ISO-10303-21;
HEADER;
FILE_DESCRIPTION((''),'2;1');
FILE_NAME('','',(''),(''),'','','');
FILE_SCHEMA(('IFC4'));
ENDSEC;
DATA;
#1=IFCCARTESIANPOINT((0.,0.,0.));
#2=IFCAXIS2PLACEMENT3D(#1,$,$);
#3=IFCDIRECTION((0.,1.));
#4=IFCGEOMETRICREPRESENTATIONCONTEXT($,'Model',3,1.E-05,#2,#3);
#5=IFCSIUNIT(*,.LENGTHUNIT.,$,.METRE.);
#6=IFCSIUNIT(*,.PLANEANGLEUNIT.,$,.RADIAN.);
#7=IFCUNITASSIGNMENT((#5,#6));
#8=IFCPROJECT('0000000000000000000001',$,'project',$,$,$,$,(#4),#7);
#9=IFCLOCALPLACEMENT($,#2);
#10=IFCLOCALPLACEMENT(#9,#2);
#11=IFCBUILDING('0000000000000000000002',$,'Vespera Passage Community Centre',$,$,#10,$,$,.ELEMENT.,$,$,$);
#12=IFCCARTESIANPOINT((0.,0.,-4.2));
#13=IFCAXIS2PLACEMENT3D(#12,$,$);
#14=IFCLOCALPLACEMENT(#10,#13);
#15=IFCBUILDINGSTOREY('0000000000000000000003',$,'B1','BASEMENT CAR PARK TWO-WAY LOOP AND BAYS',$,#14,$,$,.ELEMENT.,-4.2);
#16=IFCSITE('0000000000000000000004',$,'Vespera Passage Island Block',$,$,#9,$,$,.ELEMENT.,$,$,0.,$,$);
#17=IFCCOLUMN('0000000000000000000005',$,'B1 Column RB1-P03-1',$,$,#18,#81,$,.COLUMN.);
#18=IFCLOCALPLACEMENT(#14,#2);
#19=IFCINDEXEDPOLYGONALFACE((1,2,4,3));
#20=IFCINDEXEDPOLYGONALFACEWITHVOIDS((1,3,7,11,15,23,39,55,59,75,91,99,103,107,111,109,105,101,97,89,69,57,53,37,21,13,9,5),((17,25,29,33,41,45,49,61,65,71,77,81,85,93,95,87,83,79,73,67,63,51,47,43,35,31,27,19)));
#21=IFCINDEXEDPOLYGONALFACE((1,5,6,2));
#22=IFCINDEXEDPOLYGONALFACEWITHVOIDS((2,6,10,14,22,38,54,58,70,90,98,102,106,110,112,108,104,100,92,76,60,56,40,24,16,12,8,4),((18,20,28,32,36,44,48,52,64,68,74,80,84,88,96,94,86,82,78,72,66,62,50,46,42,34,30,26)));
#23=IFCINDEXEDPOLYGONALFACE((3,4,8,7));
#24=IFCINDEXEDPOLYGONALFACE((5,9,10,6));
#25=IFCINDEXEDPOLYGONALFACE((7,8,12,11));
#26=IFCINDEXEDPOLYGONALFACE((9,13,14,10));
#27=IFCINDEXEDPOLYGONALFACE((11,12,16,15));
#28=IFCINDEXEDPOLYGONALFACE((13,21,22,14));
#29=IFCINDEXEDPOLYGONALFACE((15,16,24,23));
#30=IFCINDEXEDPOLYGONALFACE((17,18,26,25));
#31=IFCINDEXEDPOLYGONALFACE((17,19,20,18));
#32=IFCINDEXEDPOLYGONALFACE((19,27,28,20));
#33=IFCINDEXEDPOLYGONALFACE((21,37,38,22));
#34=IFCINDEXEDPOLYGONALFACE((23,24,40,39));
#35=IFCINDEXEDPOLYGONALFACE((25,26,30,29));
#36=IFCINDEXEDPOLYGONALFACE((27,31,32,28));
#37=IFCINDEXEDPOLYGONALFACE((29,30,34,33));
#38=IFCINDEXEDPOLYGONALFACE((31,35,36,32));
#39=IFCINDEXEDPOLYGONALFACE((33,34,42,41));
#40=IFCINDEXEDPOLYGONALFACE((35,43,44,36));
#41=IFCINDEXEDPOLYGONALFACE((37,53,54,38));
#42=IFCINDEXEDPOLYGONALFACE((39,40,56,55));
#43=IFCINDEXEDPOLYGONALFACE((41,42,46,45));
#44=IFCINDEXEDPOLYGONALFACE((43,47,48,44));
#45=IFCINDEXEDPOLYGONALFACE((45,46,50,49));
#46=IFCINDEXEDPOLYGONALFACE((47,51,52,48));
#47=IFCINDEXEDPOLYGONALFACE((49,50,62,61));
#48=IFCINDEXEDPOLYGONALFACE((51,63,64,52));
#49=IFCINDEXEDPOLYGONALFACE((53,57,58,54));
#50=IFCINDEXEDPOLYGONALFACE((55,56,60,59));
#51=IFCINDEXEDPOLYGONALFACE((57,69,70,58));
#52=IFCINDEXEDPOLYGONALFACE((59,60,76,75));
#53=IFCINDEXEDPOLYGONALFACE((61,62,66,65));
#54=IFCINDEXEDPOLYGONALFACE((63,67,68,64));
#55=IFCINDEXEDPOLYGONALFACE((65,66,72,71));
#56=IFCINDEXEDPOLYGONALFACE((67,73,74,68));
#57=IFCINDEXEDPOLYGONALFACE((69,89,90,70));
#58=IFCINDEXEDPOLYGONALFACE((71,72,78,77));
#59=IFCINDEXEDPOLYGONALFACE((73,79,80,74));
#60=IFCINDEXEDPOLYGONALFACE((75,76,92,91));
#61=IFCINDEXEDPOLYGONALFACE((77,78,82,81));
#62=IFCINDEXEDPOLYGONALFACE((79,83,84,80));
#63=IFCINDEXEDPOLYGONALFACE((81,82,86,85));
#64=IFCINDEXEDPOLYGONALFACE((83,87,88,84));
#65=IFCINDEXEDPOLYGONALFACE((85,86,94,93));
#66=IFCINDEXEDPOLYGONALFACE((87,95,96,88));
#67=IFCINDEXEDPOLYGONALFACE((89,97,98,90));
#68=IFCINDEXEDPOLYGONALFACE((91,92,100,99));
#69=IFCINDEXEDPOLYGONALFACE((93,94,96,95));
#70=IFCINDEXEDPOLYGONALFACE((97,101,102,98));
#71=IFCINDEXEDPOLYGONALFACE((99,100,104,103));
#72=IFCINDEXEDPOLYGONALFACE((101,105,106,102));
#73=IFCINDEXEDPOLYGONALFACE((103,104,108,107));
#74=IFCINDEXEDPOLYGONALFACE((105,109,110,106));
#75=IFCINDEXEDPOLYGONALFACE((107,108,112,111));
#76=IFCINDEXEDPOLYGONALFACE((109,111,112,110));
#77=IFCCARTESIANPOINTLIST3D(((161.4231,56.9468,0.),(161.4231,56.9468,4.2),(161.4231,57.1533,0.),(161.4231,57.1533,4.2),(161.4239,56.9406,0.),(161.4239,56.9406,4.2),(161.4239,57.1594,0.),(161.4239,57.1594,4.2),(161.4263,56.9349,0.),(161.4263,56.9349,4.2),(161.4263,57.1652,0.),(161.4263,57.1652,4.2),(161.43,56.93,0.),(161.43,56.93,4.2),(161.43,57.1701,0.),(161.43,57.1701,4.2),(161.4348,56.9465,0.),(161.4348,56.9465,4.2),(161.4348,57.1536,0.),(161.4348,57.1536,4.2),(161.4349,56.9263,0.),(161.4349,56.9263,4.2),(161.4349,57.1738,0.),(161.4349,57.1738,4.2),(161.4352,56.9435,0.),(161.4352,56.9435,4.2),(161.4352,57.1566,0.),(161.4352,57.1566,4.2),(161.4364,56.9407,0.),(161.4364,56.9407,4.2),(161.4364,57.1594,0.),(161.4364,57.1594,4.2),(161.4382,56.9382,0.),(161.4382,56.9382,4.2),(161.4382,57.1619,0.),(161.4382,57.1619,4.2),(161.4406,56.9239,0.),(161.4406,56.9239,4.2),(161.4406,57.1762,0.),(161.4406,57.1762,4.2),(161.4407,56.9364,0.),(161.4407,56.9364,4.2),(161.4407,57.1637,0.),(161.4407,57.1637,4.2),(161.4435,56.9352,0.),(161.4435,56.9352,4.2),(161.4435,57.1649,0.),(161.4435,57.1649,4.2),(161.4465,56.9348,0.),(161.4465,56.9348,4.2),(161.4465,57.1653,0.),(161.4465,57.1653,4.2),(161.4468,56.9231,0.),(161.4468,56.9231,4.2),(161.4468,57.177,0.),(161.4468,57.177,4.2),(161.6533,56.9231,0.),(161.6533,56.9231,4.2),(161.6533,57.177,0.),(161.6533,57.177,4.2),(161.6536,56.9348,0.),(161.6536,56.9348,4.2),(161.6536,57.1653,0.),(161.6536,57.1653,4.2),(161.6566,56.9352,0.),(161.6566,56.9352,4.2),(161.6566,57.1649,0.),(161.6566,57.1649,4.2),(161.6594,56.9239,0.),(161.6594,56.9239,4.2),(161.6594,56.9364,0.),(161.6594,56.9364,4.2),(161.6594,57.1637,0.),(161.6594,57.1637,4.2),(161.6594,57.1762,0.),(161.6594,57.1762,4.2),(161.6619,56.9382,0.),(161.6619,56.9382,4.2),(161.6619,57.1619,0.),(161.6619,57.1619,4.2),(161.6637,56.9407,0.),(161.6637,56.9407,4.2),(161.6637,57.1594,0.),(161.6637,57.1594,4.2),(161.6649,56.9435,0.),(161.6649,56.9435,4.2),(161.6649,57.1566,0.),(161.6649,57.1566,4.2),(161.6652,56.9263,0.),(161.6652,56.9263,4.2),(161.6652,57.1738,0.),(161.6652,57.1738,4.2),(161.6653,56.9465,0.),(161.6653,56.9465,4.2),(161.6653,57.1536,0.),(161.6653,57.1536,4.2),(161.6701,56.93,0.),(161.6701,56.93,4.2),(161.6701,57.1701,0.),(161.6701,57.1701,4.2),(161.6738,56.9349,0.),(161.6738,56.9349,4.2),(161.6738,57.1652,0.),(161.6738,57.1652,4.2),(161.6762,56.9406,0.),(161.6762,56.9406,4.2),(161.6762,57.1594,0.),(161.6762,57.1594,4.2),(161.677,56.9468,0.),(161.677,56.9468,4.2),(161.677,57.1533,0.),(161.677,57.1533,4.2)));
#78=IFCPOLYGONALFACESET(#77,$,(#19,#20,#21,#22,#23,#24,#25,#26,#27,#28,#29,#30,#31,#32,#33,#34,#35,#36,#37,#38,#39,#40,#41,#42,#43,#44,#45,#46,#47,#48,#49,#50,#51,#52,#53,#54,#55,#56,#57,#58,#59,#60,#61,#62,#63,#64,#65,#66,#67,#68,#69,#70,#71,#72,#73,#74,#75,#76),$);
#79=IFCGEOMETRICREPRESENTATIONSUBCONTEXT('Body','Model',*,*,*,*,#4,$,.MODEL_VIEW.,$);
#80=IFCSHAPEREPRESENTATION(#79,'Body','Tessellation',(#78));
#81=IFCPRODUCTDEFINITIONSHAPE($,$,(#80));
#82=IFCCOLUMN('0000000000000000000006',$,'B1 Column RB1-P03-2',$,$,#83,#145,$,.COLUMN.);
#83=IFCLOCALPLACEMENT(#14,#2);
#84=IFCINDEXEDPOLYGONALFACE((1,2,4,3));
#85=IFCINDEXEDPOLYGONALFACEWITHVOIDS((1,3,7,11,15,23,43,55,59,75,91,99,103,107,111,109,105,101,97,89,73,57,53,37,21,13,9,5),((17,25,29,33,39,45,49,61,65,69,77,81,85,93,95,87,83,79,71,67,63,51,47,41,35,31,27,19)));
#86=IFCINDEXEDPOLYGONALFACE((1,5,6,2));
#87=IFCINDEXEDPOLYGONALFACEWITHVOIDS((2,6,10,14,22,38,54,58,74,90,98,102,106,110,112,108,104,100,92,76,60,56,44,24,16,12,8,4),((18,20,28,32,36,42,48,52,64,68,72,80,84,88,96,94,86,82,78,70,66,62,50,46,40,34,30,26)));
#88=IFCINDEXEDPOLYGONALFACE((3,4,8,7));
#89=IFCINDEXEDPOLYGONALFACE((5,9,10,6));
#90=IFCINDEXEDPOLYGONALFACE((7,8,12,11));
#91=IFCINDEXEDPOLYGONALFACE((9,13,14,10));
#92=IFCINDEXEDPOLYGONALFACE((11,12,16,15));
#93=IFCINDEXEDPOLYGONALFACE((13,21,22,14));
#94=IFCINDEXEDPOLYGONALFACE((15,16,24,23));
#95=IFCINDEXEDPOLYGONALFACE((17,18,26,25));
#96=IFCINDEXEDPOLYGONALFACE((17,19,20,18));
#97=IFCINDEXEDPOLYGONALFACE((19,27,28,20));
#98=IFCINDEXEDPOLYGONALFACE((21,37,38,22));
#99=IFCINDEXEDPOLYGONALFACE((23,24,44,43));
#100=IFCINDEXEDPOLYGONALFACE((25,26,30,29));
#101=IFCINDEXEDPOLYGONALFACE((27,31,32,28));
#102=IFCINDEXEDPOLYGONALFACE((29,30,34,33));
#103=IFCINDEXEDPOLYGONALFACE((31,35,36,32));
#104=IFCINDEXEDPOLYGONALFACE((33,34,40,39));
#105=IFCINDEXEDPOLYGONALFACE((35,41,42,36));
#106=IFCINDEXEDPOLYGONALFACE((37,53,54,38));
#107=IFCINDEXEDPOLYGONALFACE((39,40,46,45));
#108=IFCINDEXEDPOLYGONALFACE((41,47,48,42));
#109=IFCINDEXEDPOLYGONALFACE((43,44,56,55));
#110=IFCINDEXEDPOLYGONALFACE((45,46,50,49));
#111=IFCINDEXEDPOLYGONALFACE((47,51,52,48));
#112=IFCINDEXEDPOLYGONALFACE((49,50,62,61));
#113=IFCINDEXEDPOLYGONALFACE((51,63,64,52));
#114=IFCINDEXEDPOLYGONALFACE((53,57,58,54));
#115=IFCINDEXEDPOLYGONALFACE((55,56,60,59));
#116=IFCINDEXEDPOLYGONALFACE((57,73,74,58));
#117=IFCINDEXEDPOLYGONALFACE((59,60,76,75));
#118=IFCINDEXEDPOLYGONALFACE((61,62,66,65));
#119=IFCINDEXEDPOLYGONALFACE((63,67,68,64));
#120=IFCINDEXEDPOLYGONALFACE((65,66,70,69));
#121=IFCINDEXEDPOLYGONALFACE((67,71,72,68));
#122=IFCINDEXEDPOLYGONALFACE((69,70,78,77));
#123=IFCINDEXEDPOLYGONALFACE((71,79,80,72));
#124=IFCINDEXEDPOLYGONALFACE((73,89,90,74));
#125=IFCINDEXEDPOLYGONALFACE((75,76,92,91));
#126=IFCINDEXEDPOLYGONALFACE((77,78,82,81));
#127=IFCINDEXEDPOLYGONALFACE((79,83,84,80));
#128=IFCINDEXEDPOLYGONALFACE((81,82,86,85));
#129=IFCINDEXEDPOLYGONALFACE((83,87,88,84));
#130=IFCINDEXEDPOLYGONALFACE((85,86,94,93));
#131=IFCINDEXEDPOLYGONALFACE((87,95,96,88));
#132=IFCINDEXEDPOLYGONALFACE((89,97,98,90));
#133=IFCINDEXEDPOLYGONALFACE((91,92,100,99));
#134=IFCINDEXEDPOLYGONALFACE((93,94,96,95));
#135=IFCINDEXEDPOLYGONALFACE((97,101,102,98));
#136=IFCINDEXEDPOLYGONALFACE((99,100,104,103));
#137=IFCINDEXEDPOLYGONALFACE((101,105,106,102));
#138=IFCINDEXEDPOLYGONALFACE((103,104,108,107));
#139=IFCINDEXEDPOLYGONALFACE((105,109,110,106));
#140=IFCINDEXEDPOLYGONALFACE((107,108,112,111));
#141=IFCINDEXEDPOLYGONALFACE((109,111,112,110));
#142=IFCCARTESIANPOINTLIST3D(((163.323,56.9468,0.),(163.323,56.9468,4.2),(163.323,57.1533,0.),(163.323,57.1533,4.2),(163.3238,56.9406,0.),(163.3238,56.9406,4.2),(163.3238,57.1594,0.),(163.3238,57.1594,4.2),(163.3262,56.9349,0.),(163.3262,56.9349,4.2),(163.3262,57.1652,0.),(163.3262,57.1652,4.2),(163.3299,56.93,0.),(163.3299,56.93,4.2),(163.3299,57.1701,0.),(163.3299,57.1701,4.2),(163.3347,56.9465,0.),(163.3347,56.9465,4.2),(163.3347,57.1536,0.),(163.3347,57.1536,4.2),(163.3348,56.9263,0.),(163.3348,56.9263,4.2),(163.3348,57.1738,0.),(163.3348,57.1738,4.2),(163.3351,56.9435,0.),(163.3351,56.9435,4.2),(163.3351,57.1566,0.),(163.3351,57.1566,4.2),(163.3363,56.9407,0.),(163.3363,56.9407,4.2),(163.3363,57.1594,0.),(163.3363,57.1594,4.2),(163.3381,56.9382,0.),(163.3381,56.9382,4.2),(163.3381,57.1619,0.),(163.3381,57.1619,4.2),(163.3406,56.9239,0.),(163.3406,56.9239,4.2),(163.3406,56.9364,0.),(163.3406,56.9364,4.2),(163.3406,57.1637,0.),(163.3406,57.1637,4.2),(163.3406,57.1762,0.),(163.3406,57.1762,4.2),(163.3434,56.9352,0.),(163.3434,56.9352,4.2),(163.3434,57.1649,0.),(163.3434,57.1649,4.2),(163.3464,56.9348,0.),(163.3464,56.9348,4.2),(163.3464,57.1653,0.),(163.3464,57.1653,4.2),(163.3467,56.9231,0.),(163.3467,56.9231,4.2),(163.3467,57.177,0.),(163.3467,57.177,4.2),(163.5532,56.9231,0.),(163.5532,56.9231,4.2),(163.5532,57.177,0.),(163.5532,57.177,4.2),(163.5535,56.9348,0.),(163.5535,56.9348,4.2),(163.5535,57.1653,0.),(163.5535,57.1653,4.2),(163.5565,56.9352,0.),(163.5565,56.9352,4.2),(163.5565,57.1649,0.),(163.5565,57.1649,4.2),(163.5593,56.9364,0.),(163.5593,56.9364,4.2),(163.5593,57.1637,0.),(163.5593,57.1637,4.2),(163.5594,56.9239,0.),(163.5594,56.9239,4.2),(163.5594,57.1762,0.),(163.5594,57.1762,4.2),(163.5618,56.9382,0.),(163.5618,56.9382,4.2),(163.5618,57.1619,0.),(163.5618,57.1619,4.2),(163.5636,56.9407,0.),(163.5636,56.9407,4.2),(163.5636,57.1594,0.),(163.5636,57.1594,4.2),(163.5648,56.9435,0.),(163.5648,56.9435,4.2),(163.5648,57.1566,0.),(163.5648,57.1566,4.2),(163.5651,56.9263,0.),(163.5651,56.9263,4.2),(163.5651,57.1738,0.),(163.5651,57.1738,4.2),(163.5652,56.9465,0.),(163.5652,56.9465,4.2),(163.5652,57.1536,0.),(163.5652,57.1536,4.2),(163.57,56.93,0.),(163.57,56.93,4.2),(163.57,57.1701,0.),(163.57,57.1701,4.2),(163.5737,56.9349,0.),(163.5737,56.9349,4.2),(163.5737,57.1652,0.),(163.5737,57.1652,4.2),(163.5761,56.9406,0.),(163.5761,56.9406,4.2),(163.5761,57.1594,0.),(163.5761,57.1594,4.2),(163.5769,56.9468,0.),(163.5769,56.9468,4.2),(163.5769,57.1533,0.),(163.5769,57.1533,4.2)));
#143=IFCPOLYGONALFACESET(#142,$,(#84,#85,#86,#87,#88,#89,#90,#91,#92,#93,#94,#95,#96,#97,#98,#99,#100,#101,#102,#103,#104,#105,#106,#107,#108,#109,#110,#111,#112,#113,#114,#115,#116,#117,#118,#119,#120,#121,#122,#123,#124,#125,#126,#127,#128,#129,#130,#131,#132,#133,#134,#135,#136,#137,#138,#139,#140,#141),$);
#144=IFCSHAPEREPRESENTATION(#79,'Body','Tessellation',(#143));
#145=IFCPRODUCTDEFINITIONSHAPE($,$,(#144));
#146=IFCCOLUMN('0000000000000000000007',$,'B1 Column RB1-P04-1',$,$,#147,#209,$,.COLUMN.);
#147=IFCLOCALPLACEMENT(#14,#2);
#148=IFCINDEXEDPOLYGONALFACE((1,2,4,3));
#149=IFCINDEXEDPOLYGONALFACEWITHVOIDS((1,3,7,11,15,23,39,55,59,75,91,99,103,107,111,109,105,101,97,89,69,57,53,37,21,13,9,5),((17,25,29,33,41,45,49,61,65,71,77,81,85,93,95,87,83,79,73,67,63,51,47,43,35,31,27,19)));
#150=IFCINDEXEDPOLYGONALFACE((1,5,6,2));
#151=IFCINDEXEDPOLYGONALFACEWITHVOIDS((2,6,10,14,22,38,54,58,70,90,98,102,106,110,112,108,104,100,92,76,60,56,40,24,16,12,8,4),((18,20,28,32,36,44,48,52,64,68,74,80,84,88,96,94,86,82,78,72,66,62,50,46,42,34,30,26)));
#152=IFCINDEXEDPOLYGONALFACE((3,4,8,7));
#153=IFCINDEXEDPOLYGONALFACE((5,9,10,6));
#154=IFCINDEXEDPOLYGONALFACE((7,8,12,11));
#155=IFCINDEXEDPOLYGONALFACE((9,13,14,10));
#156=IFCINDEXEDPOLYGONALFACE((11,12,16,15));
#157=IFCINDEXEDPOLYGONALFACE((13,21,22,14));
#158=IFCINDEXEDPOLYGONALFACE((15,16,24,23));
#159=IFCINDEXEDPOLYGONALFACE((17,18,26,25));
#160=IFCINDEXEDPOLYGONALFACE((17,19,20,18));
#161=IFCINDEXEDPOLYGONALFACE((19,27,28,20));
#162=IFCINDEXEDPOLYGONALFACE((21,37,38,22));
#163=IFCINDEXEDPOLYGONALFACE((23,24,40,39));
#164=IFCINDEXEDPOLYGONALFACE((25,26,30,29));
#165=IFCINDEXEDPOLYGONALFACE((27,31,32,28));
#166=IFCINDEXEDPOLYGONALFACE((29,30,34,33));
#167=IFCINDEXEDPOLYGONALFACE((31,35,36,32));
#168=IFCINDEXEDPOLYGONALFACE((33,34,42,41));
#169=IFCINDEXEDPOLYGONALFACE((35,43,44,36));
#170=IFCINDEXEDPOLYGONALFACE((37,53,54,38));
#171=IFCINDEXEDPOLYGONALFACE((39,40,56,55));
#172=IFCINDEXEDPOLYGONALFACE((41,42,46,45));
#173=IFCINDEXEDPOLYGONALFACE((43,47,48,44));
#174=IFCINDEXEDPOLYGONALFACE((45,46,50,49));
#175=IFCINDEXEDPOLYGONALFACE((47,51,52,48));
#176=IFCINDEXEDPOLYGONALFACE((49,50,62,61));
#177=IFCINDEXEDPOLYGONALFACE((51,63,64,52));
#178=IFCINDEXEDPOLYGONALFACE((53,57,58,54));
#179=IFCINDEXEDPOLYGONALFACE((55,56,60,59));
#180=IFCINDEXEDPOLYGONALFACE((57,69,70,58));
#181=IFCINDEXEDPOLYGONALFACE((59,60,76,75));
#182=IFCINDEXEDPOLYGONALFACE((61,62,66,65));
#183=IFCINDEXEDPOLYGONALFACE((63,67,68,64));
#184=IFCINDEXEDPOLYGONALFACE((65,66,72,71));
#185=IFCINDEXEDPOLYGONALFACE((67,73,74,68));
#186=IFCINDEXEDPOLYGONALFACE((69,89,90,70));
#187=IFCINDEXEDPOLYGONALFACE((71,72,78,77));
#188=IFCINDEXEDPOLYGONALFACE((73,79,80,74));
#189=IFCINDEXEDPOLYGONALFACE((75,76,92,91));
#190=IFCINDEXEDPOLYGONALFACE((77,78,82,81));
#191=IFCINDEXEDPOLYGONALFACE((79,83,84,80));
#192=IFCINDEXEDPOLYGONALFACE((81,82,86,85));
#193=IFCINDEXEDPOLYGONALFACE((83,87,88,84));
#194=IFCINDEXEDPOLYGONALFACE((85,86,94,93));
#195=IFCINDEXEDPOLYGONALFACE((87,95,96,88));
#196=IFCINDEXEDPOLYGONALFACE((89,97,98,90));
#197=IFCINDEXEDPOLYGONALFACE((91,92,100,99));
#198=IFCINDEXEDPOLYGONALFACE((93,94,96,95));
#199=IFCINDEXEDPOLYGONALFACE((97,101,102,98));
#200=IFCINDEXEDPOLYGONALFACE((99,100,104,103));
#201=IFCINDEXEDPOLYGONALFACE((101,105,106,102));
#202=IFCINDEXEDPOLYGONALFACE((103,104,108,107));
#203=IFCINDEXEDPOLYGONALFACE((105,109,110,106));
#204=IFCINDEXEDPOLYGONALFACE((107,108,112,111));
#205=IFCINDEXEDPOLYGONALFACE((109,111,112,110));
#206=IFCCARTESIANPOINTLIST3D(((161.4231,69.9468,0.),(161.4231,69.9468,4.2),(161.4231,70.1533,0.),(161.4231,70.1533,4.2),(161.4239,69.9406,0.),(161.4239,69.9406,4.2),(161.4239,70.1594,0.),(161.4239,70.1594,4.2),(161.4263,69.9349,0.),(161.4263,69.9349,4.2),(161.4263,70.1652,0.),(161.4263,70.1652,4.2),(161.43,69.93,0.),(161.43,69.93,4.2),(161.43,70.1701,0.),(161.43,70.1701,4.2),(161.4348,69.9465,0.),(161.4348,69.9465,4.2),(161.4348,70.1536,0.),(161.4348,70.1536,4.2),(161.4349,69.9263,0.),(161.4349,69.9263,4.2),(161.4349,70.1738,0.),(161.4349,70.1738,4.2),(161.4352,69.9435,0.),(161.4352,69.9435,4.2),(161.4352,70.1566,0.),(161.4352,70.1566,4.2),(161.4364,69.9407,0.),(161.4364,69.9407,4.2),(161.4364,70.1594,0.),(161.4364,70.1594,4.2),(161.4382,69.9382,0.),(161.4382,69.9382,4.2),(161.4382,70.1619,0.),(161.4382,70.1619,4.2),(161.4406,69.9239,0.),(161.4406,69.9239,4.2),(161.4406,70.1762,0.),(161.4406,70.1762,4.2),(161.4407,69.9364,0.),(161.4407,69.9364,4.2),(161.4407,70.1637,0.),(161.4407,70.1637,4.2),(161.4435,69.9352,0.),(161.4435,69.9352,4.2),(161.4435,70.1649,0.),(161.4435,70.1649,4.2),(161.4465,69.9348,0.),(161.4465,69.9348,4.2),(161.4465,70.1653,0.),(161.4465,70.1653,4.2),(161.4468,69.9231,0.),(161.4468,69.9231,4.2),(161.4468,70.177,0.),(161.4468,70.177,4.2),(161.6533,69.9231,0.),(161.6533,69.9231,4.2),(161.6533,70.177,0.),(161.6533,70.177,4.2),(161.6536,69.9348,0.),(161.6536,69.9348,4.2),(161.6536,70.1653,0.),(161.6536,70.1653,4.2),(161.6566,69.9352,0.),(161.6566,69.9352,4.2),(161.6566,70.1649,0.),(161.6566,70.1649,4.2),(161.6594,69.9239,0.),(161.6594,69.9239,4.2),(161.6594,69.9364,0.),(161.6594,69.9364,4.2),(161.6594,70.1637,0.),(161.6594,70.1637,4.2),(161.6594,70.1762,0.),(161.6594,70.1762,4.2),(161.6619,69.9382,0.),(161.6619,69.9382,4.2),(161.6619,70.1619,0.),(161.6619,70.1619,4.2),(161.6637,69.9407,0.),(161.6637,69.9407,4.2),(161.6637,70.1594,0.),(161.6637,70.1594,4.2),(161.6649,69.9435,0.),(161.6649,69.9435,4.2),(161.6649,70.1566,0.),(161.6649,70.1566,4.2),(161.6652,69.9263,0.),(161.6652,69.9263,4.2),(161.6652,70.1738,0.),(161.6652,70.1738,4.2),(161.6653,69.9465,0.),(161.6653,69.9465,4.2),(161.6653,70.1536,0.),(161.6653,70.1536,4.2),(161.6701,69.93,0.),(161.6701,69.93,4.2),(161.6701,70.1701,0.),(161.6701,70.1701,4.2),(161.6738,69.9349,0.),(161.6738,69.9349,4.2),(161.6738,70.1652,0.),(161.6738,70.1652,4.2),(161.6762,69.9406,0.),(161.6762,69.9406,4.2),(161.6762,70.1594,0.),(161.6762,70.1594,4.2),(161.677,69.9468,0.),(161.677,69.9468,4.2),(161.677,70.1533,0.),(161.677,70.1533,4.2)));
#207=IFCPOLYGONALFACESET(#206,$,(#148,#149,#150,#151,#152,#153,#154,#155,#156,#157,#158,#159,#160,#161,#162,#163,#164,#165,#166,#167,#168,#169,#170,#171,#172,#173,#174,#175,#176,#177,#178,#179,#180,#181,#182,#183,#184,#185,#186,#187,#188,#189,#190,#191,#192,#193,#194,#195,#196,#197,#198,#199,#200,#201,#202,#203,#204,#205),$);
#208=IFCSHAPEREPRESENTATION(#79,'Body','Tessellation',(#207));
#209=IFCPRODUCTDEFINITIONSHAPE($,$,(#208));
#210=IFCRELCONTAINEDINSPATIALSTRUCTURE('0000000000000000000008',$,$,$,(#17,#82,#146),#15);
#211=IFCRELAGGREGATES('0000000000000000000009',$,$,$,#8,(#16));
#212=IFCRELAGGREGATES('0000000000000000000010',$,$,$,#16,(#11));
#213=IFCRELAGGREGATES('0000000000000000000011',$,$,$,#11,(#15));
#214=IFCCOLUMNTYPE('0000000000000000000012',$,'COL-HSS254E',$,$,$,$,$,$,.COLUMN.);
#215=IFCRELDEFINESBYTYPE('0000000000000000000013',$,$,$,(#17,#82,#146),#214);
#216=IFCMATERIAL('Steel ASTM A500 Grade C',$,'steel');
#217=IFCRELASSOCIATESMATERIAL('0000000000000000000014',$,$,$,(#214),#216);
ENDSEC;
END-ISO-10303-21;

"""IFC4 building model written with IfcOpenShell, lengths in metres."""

from ifc_helpers import new_model, si_unit, direction, frame, origin, origin_2d, place, context, subcontext, project, spatial, hollow_rectangle, extrude, material, material_profile, profile_set, type_object, element, save


model = new_model("IFC4")

# Units and contexts
model_context = context("Model", 3, precision=1e-05, world=origin(), true_north=direction((0.0, 1.0)))
body_context = subcontext(model_context, "Body", "Model", "MODEL_VIEW")
ifc_project = project(units=[si_unit("LENGTHUNIT", "METRE"), si_unit("PLANEANGLEUNIT", "RADIAN")], contexts=[model_context])

# Site, building, storey
site_placement = place(None, origin())
site = spatial("IfcSite", under=ifc_project, at=site_placement, Name="Vespera Passage Island Block", CompositionType="ELEMENT", RefElevation=0.0)
building_placement = place(site_placement, origin())
building = spatial("IfcBuilding", under=site, at=building_placement, Name="Vespera Passage Community Centre", CompositionType="ELEMENT")
storey_placement = place(building_placement, frame((0.0, 0.0, -4.2)))
storey = spatial("IfcBuildingStorey", under=building, at=storey_placement, Name="B1", Description="BASEMENT CAR PARK TWO-WAY LOOP AND BAYS", CompositionType="ELEMENT", Elevation=-4.2)

# Columns
ifc_material_1 = material(Name="Steel ASTM A500 Grade C", Category="steel")
ifc_material_profile_1 = material_profile(ifc_material_1, hollow_rectangle(XDim=0.2539, YDim=0.2539, WallThickness=0.0117, InnerFilletRadius=0.0117, OuterFilletRadius=0.0237, at=origin_2d()), Name="HSS254X254X12.7")
ifc_profile_set_1 = profile_set([ifc_material_profile_1], Name="Steel ASTM A500 Grade C")
column_type_1 = type_object("IfcColumnType", Name="COL-HSS254E", PredefinedType="COLUMN", material=ifc_profile_set_1)
for number, where, z_axis, x_axis, name in (
    (1, (161.55, 57.05, 0.0), (0.0, 0.0, 1.0), (1.0, 0.0, 0.0), "B1 Column RB1-P03-1"),
    (2, (163.45, 57.05, 0.0), (0.0, 0.0, 1.0), (1.0, 0.0, 0.0), "B1 Column RB1-P03-2"),
    (3, (161.55, 70.05, 0.0), (0.0, 0.0, 1.0), (1.0, 0.0, 0.0), "B1 Column RB1-P04-1"),
):
    element("IfcColumn", number, at=place(storey_placement, frame(where, z_axis=z_axis, x_axis=x_axis)), inside=storey, type_object=column_type_1, Name=name, PredefinedType="COLUMN", context=body_context, shape_type="SweptSolid", body=[
        extrude(hollow_rectangle(XDim=0.2539, YDim=0.2539, WallThickness=0.0117, InnerFilletRadius=0.0117, OuterFilletRadius=0.0237, at=origin_2d()), origin(), (0.0, 0.0, 1.0), 4.2),
    ])

save(model, "model.ifc")
